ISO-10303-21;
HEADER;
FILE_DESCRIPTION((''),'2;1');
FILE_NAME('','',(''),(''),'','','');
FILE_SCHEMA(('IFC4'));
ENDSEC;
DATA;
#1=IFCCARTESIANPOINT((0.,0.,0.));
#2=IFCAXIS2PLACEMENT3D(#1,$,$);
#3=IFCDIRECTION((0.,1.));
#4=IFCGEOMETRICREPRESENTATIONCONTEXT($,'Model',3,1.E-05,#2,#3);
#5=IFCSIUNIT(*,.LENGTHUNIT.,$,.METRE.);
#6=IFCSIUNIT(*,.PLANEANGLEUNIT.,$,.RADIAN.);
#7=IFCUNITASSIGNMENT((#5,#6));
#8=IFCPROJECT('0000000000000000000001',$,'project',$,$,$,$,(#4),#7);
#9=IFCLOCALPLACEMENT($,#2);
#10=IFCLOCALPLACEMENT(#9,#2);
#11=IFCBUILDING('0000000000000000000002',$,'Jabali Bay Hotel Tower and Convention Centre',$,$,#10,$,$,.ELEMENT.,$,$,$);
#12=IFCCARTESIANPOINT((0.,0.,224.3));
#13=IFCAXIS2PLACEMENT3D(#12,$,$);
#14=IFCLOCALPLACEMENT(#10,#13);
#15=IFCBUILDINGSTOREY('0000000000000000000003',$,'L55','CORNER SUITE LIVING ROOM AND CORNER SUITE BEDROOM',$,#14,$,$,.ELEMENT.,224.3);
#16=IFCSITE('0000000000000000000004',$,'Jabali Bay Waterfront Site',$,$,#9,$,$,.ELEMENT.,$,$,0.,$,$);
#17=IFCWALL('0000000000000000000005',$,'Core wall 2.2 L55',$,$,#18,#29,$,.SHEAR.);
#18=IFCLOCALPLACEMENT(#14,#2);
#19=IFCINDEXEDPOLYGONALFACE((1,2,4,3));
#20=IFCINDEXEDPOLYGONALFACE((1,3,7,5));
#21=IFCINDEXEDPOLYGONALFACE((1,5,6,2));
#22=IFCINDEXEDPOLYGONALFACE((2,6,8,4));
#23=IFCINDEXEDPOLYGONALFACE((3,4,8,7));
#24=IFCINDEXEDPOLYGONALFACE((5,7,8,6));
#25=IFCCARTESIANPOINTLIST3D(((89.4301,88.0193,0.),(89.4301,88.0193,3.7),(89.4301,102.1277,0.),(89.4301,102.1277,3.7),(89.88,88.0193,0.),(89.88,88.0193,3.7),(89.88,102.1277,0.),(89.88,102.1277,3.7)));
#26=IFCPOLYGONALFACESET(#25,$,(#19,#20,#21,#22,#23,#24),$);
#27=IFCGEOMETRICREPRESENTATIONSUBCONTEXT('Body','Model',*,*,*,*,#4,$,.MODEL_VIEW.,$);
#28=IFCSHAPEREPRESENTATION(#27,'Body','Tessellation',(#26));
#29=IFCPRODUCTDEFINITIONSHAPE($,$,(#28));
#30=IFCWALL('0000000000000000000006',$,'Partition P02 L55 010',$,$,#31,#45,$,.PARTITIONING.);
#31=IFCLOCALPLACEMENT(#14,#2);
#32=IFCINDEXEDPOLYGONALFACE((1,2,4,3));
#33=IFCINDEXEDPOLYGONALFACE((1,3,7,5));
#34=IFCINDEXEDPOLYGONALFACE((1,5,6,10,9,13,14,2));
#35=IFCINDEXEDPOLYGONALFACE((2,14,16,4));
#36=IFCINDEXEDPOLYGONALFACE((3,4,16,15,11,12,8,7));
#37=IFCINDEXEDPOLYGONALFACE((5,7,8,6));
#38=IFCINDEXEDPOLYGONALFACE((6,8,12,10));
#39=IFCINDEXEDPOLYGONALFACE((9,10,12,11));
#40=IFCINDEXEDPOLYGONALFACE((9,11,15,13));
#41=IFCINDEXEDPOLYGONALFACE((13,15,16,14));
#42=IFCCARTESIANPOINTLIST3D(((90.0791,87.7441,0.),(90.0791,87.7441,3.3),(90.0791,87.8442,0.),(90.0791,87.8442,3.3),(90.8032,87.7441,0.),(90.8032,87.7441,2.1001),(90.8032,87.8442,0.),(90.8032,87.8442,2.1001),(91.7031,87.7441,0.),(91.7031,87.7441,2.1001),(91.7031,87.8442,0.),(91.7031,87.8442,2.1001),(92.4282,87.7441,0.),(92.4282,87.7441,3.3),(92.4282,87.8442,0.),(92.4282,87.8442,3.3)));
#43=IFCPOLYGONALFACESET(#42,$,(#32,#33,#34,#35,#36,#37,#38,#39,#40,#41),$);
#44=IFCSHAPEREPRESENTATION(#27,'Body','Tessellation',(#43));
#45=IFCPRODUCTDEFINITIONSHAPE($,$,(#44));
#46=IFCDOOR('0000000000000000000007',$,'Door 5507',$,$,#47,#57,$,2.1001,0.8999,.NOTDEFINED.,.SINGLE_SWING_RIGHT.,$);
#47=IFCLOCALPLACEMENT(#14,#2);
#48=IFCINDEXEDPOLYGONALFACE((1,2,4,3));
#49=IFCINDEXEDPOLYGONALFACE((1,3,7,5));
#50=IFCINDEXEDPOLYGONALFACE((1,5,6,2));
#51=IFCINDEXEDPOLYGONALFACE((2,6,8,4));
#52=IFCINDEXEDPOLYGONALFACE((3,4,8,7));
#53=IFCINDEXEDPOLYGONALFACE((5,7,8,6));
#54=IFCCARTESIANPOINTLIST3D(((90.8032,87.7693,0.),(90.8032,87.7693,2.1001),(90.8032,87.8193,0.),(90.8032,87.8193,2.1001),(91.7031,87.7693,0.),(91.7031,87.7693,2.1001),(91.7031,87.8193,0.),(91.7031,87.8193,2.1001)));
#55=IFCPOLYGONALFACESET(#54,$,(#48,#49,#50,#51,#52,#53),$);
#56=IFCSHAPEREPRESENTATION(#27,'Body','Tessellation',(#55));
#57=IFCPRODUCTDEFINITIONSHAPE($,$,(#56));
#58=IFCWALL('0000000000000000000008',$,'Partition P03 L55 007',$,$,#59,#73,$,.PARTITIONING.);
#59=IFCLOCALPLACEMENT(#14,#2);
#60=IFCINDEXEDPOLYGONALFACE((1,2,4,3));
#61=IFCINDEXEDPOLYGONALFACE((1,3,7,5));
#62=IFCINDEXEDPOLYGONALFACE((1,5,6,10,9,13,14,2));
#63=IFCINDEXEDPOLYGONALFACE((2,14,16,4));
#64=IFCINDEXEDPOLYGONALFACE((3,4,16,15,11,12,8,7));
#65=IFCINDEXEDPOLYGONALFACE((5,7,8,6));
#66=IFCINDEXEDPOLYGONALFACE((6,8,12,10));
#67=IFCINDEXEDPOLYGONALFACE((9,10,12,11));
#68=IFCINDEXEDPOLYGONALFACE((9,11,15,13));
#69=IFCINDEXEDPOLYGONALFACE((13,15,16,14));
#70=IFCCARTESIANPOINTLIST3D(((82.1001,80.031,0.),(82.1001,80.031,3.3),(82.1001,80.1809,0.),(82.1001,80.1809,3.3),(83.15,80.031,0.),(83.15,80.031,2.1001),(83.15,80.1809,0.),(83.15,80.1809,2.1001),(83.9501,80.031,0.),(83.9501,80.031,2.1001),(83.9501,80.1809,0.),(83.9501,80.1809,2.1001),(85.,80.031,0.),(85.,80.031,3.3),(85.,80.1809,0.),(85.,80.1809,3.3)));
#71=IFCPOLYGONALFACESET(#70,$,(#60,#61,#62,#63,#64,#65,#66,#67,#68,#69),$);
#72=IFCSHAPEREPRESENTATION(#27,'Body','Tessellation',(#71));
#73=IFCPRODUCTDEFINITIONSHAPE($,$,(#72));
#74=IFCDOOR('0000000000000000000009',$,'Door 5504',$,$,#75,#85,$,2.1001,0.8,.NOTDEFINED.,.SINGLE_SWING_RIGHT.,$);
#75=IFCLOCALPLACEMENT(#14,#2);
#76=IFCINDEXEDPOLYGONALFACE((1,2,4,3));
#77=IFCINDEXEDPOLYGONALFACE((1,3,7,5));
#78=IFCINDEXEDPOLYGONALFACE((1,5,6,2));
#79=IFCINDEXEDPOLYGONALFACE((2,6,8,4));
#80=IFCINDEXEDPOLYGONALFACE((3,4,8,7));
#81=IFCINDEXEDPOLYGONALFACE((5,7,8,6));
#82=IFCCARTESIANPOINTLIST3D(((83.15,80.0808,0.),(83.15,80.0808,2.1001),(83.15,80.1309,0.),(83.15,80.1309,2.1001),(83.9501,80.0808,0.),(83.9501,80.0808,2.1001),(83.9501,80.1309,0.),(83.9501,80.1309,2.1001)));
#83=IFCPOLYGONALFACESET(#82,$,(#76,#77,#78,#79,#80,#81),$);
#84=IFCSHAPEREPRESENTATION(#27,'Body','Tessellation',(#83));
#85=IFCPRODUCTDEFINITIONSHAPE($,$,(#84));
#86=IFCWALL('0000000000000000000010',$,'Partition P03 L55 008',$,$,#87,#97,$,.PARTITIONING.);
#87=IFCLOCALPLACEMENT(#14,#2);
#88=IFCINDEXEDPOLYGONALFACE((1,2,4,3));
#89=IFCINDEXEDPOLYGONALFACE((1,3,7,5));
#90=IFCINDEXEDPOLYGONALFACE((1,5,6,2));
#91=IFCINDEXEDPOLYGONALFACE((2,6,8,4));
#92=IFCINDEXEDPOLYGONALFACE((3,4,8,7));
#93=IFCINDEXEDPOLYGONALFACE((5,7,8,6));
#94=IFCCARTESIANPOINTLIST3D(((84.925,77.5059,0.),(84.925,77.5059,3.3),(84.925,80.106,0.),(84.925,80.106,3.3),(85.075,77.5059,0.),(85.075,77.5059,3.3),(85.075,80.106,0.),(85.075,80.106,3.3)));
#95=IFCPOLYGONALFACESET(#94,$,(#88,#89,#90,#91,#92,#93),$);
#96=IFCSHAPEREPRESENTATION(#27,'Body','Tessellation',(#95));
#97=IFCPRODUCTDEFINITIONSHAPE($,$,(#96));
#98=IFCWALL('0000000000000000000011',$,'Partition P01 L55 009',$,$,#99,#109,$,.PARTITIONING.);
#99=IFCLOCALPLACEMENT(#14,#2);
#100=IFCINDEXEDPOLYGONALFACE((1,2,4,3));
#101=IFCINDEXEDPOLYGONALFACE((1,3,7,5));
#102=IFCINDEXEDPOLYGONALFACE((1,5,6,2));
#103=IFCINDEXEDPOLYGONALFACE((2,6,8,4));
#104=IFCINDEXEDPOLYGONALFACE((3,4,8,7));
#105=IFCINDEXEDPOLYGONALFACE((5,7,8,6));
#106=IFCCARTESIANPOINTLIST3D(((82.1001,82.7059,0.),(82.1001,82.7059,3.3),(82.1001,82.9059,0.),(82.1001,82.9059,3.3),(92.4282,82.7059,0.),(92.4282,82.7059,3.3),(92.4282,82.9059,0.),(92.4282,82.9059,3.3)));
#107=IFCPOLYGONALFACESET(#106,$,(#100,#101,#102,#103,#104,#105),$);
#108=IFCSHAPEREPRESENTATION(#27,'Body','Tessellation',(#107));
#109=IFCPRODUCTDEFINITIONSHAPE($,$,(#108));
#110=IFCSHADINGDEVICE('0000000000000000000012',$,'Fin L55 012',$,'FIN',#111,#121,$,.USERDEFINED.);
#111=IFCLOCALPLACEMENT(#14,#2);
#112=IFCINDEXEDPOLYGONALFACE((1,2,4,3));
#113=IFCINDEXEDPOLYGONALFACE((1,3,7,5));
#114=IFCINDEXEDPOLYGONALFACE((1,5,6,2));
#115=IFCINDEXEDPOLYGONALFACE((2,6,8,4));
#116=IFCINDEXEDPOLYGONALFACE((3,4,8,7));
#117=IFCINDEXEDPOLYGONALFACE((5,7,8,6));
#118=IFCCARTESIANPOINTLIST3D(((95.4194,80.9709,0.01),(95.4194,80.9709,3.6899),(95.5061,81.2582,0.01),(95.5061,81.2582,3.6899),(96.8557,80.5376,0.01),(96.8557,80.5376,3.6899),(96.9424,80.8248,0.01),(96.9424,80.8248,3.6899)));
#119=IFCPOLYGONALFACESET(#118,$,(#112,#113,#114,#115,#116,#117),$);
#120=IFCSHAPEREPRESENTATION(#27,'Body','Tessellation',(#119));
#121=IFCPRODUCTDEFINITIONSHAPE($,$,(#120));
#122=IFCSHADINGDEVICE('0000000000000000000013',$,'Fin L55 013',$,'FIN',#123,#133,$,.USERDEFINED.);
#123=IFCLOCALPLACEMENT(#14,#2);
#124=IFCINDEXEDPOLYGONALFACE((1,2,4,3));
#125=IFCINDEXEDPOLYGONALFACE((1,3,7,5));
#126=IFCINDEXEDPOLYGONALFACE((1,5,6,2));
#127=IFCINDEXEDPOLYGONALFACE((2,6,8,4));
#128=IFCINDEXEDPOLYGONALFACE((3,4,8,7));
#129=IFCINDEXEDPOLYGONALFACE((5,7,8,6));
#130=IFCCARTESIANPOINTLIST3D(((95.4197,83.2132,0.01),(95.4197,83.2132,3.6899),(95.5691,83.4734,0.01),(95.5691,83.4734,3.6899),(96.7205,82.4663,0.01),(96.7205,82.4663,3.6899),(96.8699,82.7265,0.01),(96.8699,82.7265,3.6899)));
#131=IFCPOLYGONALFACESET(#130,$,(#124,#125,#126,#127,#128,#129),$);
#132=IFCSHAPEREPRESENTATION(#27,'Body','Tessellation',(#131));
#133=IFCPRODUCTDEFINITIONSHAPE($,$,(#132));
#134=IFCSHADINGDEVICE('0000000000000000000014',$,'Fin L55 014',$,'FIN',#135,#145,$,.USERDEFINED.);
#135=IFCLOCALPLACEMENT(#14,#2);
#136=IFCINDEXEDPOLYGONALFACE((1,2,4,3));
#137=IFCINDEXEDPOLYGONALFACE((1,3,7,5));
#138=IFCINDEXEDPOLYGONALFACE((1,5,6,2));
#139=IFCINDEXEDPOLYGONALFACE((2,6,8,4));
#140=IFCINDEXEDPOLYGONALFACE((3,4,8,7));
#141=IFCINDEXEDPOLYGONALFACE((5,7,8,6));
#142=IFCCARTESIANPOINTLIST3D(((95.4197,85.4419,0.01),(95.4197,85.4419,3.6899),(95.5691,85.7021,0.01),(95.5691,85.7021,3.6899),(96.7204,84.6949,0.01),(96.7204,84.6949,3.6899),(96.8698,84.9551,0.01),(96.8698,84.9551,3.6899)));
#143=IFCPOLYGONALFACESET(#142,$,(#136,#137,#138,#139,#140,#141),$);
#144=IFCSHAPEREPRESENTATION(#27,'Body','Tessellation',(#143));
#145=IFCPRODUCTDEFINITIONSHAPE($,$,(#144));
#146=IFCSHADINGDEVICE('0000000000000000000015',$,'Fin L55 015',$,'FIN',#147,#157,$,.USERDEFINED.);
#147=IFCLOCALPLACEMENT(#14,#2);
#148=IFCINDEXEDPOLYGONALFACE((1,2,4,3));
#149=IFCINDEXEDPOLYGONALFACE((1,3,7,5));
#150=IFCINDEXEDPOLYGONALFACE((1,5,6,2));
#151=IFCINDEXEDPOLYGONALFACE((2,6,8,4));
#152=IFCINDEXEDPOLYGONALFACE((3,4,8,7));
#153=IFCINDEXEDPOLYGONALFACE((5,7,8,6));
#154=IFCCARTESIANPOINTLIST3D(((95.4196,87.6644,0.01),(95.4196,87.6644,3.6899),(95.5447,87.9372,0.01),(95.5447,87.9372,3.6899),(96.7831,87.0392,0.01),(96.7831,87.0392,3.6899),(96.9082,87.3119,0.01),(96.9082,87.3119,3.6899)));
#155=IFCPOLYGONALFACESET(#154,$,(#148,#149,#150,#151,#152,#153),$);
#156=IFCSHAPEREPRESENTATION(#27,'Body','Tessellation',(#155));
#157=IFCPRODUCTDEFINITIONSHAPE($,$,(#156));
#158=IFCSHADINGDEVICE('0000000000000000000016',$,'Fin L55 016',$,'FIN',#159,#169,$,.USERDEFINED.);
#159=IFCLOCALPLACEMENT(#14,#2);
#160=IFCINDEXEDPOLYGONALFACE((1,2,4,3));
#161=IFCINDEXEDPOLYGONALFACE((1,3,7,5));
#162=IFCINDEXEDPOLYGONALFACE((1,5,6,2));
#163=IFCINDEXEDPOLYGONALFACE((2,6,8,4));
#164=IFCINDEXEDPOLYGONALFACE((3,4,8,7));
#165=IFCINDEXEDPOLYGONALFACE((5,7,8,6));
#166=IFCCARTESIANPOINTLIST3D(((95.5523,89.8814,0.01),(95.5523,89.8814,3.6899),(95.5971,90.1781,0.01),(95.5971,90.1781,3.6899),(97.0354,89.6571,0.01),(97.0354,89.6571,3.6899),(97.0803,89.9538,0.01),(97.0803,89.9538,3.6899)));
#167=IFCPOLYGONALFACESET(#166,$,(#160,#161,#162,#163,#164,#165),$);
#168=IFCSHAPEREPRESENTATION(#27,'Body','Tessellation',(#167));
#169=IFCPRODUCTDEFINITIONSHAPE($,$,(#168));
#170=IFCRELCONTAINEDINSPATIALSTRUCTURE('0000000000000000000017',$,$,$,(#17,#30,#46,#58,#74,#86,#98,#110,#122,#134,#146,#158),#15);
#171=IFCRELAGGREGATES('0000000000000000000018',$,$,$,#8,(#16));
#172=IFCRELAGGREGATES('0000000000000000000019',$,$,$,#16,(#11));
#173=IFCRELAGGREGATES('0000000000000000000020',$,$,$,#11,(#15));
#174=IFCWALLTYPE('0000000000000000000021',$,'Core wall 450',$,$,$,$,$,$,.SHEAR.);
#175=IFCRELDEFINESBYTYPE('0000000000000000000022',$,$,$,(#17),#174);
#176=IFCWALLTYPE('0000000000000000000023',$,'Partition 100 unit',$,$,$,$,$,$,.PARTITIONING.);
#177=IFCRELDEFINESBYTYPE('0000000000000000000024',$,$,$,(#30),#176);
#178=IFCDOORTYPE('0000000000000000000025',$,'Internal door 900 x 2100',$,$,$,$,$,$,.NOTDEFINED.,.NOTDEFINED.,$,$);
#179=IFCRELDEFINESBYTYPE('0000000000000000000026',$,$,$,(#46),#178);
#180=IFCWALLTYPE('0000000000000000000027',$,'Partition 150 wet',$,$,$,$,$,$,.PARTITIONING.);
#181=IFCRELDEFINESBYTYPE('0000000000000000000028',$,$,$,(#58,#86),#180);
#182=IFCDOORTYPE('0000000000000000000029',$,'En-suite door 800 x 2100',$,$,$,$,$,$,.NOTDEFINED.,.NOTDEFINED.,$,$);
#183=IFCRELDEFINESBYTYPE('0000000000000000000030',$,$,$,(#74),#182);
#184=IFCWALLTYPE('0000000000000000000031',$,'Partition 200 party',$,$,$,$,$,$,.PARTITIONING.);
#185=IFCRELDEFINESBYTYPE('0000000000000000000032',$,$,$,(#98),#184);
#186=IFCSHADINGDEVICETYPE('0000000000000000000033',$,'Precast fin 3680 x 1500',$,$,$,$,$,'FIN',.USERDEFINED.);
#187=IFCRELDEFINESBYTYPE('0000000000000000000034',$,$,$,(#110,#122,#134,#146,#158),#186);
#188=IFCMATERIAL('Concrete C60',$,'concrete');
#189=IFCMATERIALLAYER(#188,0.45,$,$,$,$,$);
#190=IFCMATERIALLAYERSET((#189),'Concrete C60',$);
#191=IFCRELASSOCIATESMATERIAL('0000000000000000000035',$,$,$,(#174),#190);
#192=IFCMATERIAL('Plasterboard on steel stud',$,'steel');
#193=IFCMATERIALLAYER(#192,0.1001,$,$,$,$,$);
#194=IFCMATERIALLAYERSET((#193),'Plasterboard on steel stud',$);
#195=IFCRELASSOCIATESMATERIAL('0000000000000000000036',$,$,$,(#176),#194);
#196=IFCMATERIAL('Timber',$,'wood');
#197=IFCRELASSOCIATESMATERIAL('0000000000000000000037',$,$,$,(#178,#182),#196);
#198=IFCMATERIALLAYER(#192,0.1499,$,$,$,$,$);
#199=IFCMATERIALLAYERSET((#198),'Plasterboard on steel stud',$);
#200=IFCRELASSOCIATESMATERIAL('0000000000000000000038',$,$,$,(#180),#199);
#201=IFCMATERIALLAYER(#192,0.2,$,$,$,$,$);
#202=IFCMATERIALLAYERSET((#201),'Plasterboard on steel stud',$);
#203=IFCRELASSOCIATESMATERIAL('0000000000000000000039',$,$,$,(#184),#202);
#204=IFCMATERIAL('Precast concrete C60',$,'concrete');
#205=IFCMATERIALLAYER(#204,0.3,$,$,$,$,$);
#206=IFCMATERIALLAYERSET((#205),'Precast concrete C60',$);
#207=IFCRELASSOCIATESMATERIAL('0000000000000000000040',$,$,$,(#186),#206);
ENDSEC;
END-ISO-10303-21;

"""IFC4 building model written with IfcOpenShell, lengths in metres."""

from ifc_helpers import new_model, si_unit, direction, frame, frame_2d, origin, place, context, subcontext, project, spatial, rectangle, extrude, material, layer, layer_set, type_object, element, fill, save


model = new_model("IFC4")

# Units and contexts
model_context = context("Model", 3, precision=1e-05, world=origin(), true_north=direction((0.0, 1.0)))
body_context = subcontext(model_context, "Body", "Model", "MODEL_VIEW")
ifc_project = project(units=[si_unit("LENGTHUNIT", "METRE"), si_unit("PLANEANGLEUNIT", "RADIAN")], contexts=[model_context])

# Site, building, storey
site_placement = place(None, origin())
site = spatial("IfcSite", under=ifc_project, at=site_placement, Name="Jabali Bay Waterfront Site", CompositionType="ELEMENT", RefElevation=0.0)
building_placement = place(site_placement, origin())
building = spatial("IfcBuilding", under=site, at=building_placement, Name="Jabali Bay Hotel Tower and Convention Centre", CompositionType="ELEMENT")
storey_placement = place(building_placement, frame((0.0, 0.0, 224.3)))
storey = spatial("IfcBuildingStorey", under=building, at=storey_placement, Name="L55", Description="CORNER SUITE LIVING ROOM AND CORNER SUITE BEDROOM", CompositionType="ELEMENT", Elevation=224.3)

# Shared definitions
ifc_material_1 = material(Name="Concrete C60", Category="concrete")

# Wall
ifc_layer_1 = layer(ifc_material_1, 0.45)
ifc_layer_set_1 = layer_set([ifc_layer_1], Name="Concrete C60")
wall_type_1 = type_object("IfcWallType", Name="Core wall 450", PredefinedType="SHEAR", material=ifc_layer_set_1)
wall_1_placement = place(storey_placement, frame((89.655, 88.0193, 0.0), z_axis=(0.0, 0.0, 1.0), x_axis=(0.0, 1.0, 0.0)))
element("IfcWall", 1, at=wall_1_placement, inside=storey, type_object=wall_type_1, Name="Core wall 2.2 L55", PredefinedType="SHEAR", context=body_context, shape_type="SweptSolid", body=[
    extrude(rectangle(XDim=14.1084, YDim=0.45, at=frame_2d((7.0542, 0.0))), origin(), (0.0, 0.0, 1.0), 3.7),
])

# Walls, openings, doors
ifc_material_2 = material(Name="Plasterboard on steel stud", Category="steel")
ifc_layer_2 = layer(ifc_material_2, 0.1001)
ifc_layer_set_2 = layer_set([ifc_layer_2], Name="Plasterboard on steel stud")
wall_type_2 = type_object("IfcWallType", Name="Partition 100 unit", PredefinedType="PARTITIONING", material=ifc_layer_set_2)
wall_2_placement = place(storey_placement, frame((92.4282, 87.7942, 0.0), z_axis=(0.0, 0.0, 1.0), x_axis=(-1.0, 0.0, 0.0)))
wall_2 = element("IfcWall", 2, at=wall_2_placement, inside=storey, type_object=wall_type_2, Name="Partition P02 L55 010", PredefinedType="PARTITIONING", context=body_context, shape_type="SweptSolid", body=[
    extrude(rectangle(XDim=2.3491, YDim=0.1001, at=frame_2d((1.1746, 0.0))), origin(), (0.0, 0.0, 1.0), 3.3),
])
opening_1_placement = place(wall_2_placement, frame((0.7251, 0.0, 0.0)))
opening_1 = element("IfcOpeningElement", 3, at=opening_1_placement, cuts=wall_2, PredefinedType="OPENING", context=body_context, shape_type="SweptSolid", body=[
    extrude(rectangle(XDim=0.8999, YDim=2.1001, at=frame_2d((0.45, 1.05))), frame((0.0, 0.0605, 0.0), z_axis=(0.0, -1.0, 0.0), x_axis=(1.0, 0.0, 0.0)), (0.0, 0.0, 1.0), 0.1211),
])
ifc_material_3 = material(Name="Timber", Category="wood")
door_type_1 = type_object("IfcDoorType", Name="Internal door 900 x 2100", OperationType="NOTDEFINED", PredefinedType="NOTDEFINED", material=ifc_material_3)
door_1_placement = place(opening_1_placement, origin())
door_1 = element("IfcDoor", 4, at=door_1_placement, inside=storey, type_object=door_type_1, Name="Door 5507", OperationType="SINGLE_SWING_RIGHT", OverallHeight=2.1001, OverallWidth=0.8999, PredefinedType="NOTDEFINED", context=body_context, shape_type="SweptSolid", body=[
    extrude(rectangle(XDim=0.8999, YDim=2.1001, at=frame_2d((0.45, 1.05))), frame((0.0, 0.0249, 0.0), z_axis=(0.0, -1.0, 0.0), x_axis=(1.0, 0.0, 0.0)), (0.0, 0.0, 1.0), 0.05),
])
fill(opening_1, door_1)
ifc_layer_3 = layer(ifc_material_2, 0.1499)
ifc_layer_set_3 = layer_set([ifc_layer_3], Name="Plasterboard on steel stud")
wall_type_3 = type_object("IfcWallType", Name="Partition 150 wet", PredefinedType="PARTITIONING", material=ifc_layer_set_3)
wall_3_placement = place(storey_placement, frame((82.1001, 80.106, 0.0), z_axis=(0.0, 0.0, 1.0), x_axis=(1.0, 0.0, 0.0)))
wall_3 = element("IfcWall", 5, at=wall_3_placement, inside=storey, type_object=wall_type_3, Name="Partition P03 L55 007", PredefinedType="PARTITIONING", context=body_context, shape_type="SweptSolid", body=[
    extrude(rectangle(XDim=2.8999, YDim=0.1499, at=frame_2d((1.45, 0.0))), origin(), (0.0, 0.0, 1.0), 3.3),
])
opening_2_placement = place(wall_3_placement, frame((1.05, 0.0, 0.0)))
opening_2 = element("IfcOpeningElement", 6, at=opening_2_placement, cuts=wall_3, PredefinedType="OPENING", context=body_context, shape_type="SweptSolid", body=[
    extrude(rectangle(XDim=0.8, YDim=2.1001, at=frame_2d((0.3999, 1.05))), frame((0.0, 0.0854, 0.0), z_axis=(0.0, -1.0, 0.0), x_axis=(1.0, 0.0, 0.0)), (0.0, 0.0, 1.0), 0.1709),
])
door_type_2 = type_object("IfcDoorType", Name="En-suite door 800 x 2100", OperationType="NOTDEFINED", PredefinedType="NOTDEFINED", material=ifc_material_3)
door_2_placement = place(opening_2_placement, origin())
door_2 = element("IfcDoor", 7, at=door_2_placement, inside=storey, type_object=door_type_2, Name="Door 5504", OperationType="SINGLE_SWING_RIGHT", OverallHeight=2.1001, OverallWidth=0.8, PredefinedType="NOTDEFINED", context=body_context, shape_type="SweptSolid", body=[
    extrude(rectangle(XDim=0.8, YDim=2.1001, at=frame_2d((0.3999, 1.05))), frame((0.0, 0.0249, 0.0), z_axis=(0.0, -1.0, 0.0), x_axis=(1.0, 0.0, 0.0)), (0.0, 0.0, 1.0), 0.05),
])
fill(opening_2, door_2)

# Walls
wall_4_placement = place(storey_placement, frame((85.0, 80.106, 0.0), z_axis=(0.0, 0.0, 1.0), x_axis=(0.0, -1.0, 0.0)))
element("IfcWall", 8, at=wall_4_placement, inside=storey, type_object=wall_type_3, Name="Partition P03 L55 008", PredefinedType="PARTITIONING", context=body_context, shape_type="SweptSolid", body=[
    extrude(rectangle(XDim=2.6001, YDim=0.1499, at=frame_2d((1.3, 0.0))), origin(), (0.0, 0.0, 1.0), 3.3),
])
ifc_layer_4 = layer(ifc_material_2, 0.2)
ifc_layer_set_4 = layer_set([ifc_layer_4], Name="Plasterboard on steel stud")
wall_type_4 = type_object("IfcWallType", Name="Partition 200 party", PredefinedType="PARTITIONING", material=ifc_layer_set_4)
wall_5_placement = place(storey_placement, frame((92.4282, 82.8059, 0.0), z_axis=(0.0, 0.0, 1.0), x_axis=(-1.0, 0.0, 0.0)))
element("IfcWall", 9, at=wall_5_placement, inside=storey, type_object=wall_type_4, Name="Partition P01 L55 009", PredefinedType="PARTITIONING", context=body_context, shape_type="SweptSolid", body=[
    extrude(rectangle(XDim=10.3281, YDim=0.2, at=frame_2d((5.1641, 0.0))), origin(), (0.0, 0.0, 1.0), 3.3),
])

# Shading devices
ifc_material_4 = material(Name="Precast concrete C60", Category="concrete")
ifc_layer_5 = layer(ifc_material_4, 0.3)
ifc_layer_set_5 = layer_set([ifc_layer_5], Name="Precast concrete C60")
shading_device_type = type_object("IfcShadingDeviceType", Name="Precast fin 3680 x 1500", ElementType="FIN", PredefinedType="USERDEFINED", material=ifc_layer_set_5)
shading_device_placement = place(storey_placement, frame((95.4629, 81.1145, 0.01), z_axis=(0.0, 0.0, 1.0), x_axis=(0.957373, -0.288855, 0.0)))
element("IfcShadingDevice", 10, at=shading_device_placement, inside=storey, type_object=shading_device_type, Name="Fin L55 012", ObjectType="FIN", PredefinedType="USERDEFINED", context=body_context, shape_type="SweptSolid", body=[
    extrude(rectangle(XDim=1.5002, YDim=0.3, at=frame_2d((0.75, 0.0))), origin(), (0.0, 0.0, 1.0), 3.6799),
])
for number, where, z_axis, x_axis, name in (
    (11, (95.4944, 83.3433, 0.01), (0.0, 0.0, 1.0), (0.86723, -0.497908, 0.0), "Fin L55 013"),
    (12, (95.4944, 85.572, 0.01), (0.0, 0.0, 1.0), (0.867159, -0.498031, 0.0), "Fin L55 014"),
    (13, (95.4822, 87.8008, 0.01), (0.0, 0.0, 1.0), (0.90899, -0.416817, 0.0), "Fin L55 015"),
    (14, (95.5747, 90.0298, 0.01), (0.0, 0.0, 1.0), (0.988751, -0.149574, 0.0), "Fin L55 016"),
):
    element("IfcShadingDevice", number, at=place(storey_placement, frame(where, z_axis=z_axis, x_axis=x_axis)), inside=storey, type_object=shading_device_type, Name=name, ObjectType="FIN", PredefinedType="USERDEFINED", context=body_context, shape_type="SweptSolid", body=[
        extrude(rectangle(XDim=1.5, YDim=0.3, at=frame_2d((0.75, 0.0))), origin(), (0.0, 0.0, 1.0), 3.6799),
    ])

save(model, "model.ifc")
